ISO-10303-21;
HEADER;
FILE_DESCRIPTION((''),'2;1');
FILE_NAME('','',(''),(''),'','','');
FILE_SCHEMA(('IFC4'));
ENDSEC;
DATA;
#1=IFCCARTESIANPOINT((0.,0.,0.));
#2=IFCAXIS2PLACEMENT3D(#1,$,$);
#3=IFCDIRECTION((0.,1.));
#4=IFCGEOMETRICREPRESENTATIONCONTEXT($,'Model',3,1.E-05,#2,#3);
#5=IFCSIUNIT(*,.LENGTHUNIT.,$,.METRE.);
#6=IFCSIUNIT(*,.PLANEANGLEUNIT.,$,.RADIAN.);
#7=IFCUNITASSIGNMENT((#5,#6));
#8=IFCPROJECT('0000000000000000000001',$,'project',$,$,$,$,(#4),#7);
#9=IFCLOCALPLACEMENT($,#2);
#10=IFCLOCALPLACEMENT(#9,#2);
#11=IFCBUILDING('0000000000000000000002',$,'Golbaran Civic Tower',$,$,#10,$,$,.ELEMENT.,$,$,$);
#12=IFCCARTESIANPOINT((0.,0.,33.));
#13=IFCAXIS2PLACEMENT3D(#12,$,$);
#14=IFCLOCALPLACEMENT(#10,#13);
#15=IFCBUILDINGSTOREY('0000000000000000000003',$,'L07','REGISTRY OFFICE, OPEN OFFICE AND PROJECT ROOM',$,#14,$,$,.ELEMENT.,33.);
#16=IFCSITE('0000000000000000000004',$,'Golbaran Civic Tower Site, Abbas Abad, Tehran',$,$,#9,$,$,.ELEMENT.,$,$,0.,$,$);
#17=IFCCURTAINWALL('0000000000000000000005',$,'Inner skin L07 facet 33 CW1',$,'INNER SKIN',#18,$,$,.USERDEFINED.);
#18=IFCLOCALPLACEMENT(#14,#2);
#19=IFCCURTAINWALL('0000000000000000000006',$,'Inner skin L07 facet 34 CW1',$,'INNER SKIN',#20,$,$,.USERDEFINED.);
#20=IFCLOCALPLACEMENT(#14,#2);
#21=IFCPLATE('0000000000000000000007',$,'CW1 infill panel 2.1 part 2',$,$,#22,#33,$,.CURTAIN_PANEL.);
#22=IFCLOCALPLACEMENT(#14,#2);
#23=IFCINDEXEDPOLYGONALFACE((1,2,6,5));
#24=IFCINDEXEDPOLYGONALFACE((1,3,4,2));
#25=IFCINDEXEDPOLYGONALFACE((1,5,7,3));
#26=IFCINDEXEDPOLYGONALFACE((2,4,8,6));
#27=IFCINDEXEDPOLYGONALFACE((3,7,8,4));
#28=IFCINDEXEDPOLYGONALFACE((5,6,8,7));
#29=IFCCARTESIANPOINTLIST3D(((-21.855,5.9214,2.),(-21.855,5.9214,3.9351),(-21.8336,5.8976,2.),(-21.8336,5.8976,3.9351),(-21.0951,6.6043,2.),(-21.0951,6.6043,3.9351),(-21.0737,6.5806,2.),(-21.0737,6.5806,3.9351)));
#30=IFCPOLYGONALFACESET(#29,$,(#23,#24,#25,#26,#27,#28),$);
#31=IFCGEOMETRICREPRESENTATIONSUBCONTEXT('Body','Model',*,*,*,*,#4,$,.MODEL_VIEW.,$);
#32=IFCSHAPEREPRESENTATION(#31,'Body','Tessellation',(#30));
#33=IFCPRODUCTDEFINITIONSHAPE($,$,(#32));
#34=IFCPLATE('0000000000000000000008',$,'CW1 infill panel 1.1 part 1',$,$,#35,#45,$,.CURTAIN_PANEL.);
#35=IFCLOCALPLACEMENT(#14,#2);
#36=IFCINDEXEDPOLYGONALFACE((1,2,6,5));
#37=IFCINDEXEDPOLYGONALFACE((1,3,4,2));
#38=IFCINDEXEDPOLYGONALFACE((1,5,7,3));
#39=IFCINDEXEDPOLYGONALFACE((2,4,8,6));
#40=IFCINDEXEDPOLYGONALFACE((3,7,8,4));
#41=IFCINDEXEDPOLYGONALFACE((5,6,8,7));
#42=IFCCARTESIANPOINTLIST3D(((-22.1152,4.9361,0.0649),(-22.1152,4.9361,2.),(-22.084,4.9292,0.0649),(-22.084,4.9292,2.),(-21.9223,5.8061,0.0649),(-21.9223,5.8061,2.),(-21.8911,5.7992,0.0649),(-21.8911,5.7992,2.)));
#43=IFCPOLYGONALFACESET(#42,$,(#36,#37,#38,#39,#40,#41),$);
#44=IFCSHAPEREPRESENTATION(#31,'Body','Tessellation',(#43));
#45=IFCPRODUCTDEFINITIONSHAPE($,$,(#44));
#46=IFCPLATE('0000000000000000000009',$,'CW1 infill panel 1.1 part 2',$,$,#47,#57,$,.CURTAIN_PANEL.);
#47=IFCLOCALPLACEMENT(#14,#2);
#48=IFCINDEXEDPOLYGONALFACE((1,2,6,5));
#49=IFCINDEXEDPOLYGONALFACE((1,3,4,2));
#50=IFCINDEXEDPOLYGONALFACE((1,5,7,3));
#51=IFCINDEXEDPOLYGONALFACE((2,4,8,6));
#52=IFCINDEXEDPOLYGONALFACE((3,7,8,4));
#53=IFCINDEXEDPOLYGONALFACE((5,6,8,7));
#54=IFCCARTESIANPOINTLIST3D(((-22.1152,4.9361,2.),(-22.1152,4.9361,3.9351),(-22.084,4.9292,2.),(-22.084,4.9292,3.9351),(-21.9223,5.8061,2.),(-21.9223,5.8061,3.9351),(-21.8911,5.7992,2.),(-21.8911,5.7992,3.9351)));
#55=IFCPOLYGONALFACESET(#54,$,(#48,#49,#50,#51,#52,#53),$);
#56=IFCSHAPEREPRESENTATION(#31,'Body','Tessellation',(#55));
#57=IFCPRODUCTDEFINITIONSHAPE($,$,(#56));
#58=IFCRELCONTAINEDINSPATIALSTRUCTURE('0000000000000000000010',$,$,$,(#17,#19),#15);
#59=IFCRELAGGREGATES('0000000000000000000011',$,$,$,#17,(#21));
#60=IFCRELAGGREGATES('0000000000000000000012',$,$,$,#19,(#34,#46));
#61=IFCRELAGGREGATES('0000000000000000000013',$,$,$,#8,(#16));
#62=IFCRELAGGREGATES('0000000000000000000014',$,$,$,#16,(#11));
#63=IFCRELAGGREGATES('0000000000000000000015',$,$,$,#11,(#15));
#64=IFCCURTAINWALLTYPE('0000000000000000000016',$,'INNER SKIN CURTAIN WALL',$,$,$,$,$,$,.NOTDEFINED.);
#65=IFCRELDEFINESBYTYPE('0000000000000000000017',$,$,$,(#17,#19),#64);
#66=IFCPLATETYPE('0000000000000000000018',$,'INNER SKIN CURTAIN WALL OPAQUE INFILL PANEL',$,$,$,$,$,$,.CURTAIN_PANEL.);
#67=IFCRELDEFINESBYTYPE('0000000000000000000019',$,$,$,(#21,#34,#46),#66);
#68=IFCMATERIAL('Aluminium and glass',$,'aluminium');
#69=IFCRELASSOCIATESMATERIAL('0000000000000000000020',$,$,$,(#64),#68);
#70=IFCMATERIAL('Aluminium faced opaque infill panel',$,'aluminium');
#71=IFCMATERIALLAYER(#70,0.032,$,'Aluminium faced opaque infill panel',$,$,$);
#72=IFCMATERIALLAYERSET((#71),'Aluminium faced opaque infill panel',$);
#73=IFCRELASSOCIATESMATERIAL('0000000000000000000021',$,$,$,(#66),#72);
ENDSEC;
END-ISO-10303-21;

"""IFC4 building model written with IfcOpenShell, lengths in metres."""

from ifc_helpers import new_model, si_unit, direction, frame, origin, origin_2d, place, context, subcontext, project, spatial, rectangle, extrude, material, layer, layer_set, type_object, element, aggregate, save


model = new_model("IFC4")

# Units and contexts
model_context = context("Model", 3, precision=1e-05, world=origin(), true_north=direction((0.0, 1.0)))
body_context = subcontext(model_context, "Body", "Model", "MODEL_VIEW")
ifc_project = project(units=[si_unit("LENGTHUNIT", "METRE"), si_unit("PLANEANGLEUNIT", "RADIAN")], contexts=[model_context])

# Site, building, storey
site_placement = place(None, origin())
site = spatial("IfcSite", under=ifc_project, at=site_placement, Name="Golbaran Civic Tower Site, Abbas Abad, Tehran", CompositionType="ELEMENT", RefElevation=0.0)
building_placement = place(site_placement, origin())
building = spatial("IfcBuilding", under=site, at=building_placement, Name="Golbaran Civic Tower", CompositionType="ELEMENT")
storey_placement = place(building_placement, frame((0.0, 0.0, 33.0)))
storey = spatial("IfcBuildingStorey", under=building, at=storey_placement, Name="L07", Description="REGISTRY OFFICE, OPEN OFFICE AND PROJECT ROOM", CompositionType="ELEMENT", Elevation=33.0)

# Curtain wall
ifc_material_1 = material(Name="Aluminium and glass", Category="aluminium")
curtain_wall_type = type_object("IfcCurtainWallType", Name="INNER SKIN CURTAIN WALL", PredefinedType="NOTDEFINED", material=ifc_material_1)
curtain_wall_1_placement = place(storey_placement, origin())
curtain_wall_1 = element("IfcCurtainWall", 1, at=curtain_wall_1_placement, inside=storey, type_object=curtain_wall_type, Name="Inner skin L07 facet 33 CW1", ObjectType="INNER SKIN", PredefinedType="USERDEFINED")

# Curtain wall
curtain_wall_2_placement = place(storey_placement, origin())
curtain_wall_2 = element("IfcCurtainWall", 2, at=curtain_wall_2_placement, inside=storey, type_object=curtain_wall_type, Name="Inner skin L07 facet 34 CW1", ObjectType="INNER SKIN", PredefinedType="USERDEFINED")

# Plates
ifc_material_2 = material(Name="Aluminium faced opaque infill panel", Category="aluminium")
ifc_layer_1 = layer(ifc_material_2, 0.032, Name="Aluminium faced opaque infill panel")
ifc_layer_set_1 = layer_set([ifc_layer_1], Name="Aluminium faced opaque infill panel")
plate_type_1 = type_object("IfcPlateType", Name="INNER SKIN CURTAIN WALL OPAQUE INFILL PANEL", PredefinedType="CURTAIN_PANEL", material=ifc_layer_set_1)
plate_1_placement = place(storey_placement, frame((-21.4644, 6.251, 2.0), z_axis=(0.0, 0.0, 1.0), x_axis=(-0.743784, -0.66842, 0.0)))
plate_1 = element("IfcPlate", 3, at=plate_1_placement, type_object=plate_type_1, Name="CW1 infill panel 2.1 part 2", PredefinedType="CURTAIN_PANEL", context=body_context, shape_type="SweptSolid", body=[
    extrude(rectangle(XDim=1.0217, YDim=0.032, at=origin_2d()), origin(), (0.0, 0.0, 1.0), 1.9351),
])
aggregate(curtain_wall_1, [plate_1])
plate_2_placement = place(storey_placement, frame((-22.0032, 5.3677, 0.0649), z_axis=(0.0, 0.0, 1.0), x_axis=(-0.21644, -0.976296, 0.0)))
plate_2 = element("IfcPlate", 4, at=plate_2_placement, type_object=plate_type_1, Name="CW1 infill panel 1.1 part 1", PredefinedType="CURTAIN_PANEL", context=body_context, shape_type="SweptSolid", body=[
    extrude(rectangle(XDim=0.8911, YDim=0.032, at=origin_2d()), origin(), (0.0, 0.0, 1.0), 1.9351),
])
plate_3_placement = place(storey_placement, frame((-22.0032, 5.3677, 2.0), z_axis=(0.0, 0.0, 1.0), x_axis=(-0.21644, -0.976296, 0.0)))
plate_3 = element("IfcPlate", 5, at=plate_3_placement, type_object=plate_type_1, Name="CW1 infill panel 1.1 part 2", PredefinedType="CURTAIN_PANEL", context=body_context, shape_type="SweptSolid", body=[
    extrude(rectangle(XDim=0.8911, YDim=0.032, at=origin_2d()), origin(), (0.0, 0.0, 1.0), 1.9351),
])
aggregate(curtain_wall_2, [plate_2, plate_3])

save(model, "model.ifc")
